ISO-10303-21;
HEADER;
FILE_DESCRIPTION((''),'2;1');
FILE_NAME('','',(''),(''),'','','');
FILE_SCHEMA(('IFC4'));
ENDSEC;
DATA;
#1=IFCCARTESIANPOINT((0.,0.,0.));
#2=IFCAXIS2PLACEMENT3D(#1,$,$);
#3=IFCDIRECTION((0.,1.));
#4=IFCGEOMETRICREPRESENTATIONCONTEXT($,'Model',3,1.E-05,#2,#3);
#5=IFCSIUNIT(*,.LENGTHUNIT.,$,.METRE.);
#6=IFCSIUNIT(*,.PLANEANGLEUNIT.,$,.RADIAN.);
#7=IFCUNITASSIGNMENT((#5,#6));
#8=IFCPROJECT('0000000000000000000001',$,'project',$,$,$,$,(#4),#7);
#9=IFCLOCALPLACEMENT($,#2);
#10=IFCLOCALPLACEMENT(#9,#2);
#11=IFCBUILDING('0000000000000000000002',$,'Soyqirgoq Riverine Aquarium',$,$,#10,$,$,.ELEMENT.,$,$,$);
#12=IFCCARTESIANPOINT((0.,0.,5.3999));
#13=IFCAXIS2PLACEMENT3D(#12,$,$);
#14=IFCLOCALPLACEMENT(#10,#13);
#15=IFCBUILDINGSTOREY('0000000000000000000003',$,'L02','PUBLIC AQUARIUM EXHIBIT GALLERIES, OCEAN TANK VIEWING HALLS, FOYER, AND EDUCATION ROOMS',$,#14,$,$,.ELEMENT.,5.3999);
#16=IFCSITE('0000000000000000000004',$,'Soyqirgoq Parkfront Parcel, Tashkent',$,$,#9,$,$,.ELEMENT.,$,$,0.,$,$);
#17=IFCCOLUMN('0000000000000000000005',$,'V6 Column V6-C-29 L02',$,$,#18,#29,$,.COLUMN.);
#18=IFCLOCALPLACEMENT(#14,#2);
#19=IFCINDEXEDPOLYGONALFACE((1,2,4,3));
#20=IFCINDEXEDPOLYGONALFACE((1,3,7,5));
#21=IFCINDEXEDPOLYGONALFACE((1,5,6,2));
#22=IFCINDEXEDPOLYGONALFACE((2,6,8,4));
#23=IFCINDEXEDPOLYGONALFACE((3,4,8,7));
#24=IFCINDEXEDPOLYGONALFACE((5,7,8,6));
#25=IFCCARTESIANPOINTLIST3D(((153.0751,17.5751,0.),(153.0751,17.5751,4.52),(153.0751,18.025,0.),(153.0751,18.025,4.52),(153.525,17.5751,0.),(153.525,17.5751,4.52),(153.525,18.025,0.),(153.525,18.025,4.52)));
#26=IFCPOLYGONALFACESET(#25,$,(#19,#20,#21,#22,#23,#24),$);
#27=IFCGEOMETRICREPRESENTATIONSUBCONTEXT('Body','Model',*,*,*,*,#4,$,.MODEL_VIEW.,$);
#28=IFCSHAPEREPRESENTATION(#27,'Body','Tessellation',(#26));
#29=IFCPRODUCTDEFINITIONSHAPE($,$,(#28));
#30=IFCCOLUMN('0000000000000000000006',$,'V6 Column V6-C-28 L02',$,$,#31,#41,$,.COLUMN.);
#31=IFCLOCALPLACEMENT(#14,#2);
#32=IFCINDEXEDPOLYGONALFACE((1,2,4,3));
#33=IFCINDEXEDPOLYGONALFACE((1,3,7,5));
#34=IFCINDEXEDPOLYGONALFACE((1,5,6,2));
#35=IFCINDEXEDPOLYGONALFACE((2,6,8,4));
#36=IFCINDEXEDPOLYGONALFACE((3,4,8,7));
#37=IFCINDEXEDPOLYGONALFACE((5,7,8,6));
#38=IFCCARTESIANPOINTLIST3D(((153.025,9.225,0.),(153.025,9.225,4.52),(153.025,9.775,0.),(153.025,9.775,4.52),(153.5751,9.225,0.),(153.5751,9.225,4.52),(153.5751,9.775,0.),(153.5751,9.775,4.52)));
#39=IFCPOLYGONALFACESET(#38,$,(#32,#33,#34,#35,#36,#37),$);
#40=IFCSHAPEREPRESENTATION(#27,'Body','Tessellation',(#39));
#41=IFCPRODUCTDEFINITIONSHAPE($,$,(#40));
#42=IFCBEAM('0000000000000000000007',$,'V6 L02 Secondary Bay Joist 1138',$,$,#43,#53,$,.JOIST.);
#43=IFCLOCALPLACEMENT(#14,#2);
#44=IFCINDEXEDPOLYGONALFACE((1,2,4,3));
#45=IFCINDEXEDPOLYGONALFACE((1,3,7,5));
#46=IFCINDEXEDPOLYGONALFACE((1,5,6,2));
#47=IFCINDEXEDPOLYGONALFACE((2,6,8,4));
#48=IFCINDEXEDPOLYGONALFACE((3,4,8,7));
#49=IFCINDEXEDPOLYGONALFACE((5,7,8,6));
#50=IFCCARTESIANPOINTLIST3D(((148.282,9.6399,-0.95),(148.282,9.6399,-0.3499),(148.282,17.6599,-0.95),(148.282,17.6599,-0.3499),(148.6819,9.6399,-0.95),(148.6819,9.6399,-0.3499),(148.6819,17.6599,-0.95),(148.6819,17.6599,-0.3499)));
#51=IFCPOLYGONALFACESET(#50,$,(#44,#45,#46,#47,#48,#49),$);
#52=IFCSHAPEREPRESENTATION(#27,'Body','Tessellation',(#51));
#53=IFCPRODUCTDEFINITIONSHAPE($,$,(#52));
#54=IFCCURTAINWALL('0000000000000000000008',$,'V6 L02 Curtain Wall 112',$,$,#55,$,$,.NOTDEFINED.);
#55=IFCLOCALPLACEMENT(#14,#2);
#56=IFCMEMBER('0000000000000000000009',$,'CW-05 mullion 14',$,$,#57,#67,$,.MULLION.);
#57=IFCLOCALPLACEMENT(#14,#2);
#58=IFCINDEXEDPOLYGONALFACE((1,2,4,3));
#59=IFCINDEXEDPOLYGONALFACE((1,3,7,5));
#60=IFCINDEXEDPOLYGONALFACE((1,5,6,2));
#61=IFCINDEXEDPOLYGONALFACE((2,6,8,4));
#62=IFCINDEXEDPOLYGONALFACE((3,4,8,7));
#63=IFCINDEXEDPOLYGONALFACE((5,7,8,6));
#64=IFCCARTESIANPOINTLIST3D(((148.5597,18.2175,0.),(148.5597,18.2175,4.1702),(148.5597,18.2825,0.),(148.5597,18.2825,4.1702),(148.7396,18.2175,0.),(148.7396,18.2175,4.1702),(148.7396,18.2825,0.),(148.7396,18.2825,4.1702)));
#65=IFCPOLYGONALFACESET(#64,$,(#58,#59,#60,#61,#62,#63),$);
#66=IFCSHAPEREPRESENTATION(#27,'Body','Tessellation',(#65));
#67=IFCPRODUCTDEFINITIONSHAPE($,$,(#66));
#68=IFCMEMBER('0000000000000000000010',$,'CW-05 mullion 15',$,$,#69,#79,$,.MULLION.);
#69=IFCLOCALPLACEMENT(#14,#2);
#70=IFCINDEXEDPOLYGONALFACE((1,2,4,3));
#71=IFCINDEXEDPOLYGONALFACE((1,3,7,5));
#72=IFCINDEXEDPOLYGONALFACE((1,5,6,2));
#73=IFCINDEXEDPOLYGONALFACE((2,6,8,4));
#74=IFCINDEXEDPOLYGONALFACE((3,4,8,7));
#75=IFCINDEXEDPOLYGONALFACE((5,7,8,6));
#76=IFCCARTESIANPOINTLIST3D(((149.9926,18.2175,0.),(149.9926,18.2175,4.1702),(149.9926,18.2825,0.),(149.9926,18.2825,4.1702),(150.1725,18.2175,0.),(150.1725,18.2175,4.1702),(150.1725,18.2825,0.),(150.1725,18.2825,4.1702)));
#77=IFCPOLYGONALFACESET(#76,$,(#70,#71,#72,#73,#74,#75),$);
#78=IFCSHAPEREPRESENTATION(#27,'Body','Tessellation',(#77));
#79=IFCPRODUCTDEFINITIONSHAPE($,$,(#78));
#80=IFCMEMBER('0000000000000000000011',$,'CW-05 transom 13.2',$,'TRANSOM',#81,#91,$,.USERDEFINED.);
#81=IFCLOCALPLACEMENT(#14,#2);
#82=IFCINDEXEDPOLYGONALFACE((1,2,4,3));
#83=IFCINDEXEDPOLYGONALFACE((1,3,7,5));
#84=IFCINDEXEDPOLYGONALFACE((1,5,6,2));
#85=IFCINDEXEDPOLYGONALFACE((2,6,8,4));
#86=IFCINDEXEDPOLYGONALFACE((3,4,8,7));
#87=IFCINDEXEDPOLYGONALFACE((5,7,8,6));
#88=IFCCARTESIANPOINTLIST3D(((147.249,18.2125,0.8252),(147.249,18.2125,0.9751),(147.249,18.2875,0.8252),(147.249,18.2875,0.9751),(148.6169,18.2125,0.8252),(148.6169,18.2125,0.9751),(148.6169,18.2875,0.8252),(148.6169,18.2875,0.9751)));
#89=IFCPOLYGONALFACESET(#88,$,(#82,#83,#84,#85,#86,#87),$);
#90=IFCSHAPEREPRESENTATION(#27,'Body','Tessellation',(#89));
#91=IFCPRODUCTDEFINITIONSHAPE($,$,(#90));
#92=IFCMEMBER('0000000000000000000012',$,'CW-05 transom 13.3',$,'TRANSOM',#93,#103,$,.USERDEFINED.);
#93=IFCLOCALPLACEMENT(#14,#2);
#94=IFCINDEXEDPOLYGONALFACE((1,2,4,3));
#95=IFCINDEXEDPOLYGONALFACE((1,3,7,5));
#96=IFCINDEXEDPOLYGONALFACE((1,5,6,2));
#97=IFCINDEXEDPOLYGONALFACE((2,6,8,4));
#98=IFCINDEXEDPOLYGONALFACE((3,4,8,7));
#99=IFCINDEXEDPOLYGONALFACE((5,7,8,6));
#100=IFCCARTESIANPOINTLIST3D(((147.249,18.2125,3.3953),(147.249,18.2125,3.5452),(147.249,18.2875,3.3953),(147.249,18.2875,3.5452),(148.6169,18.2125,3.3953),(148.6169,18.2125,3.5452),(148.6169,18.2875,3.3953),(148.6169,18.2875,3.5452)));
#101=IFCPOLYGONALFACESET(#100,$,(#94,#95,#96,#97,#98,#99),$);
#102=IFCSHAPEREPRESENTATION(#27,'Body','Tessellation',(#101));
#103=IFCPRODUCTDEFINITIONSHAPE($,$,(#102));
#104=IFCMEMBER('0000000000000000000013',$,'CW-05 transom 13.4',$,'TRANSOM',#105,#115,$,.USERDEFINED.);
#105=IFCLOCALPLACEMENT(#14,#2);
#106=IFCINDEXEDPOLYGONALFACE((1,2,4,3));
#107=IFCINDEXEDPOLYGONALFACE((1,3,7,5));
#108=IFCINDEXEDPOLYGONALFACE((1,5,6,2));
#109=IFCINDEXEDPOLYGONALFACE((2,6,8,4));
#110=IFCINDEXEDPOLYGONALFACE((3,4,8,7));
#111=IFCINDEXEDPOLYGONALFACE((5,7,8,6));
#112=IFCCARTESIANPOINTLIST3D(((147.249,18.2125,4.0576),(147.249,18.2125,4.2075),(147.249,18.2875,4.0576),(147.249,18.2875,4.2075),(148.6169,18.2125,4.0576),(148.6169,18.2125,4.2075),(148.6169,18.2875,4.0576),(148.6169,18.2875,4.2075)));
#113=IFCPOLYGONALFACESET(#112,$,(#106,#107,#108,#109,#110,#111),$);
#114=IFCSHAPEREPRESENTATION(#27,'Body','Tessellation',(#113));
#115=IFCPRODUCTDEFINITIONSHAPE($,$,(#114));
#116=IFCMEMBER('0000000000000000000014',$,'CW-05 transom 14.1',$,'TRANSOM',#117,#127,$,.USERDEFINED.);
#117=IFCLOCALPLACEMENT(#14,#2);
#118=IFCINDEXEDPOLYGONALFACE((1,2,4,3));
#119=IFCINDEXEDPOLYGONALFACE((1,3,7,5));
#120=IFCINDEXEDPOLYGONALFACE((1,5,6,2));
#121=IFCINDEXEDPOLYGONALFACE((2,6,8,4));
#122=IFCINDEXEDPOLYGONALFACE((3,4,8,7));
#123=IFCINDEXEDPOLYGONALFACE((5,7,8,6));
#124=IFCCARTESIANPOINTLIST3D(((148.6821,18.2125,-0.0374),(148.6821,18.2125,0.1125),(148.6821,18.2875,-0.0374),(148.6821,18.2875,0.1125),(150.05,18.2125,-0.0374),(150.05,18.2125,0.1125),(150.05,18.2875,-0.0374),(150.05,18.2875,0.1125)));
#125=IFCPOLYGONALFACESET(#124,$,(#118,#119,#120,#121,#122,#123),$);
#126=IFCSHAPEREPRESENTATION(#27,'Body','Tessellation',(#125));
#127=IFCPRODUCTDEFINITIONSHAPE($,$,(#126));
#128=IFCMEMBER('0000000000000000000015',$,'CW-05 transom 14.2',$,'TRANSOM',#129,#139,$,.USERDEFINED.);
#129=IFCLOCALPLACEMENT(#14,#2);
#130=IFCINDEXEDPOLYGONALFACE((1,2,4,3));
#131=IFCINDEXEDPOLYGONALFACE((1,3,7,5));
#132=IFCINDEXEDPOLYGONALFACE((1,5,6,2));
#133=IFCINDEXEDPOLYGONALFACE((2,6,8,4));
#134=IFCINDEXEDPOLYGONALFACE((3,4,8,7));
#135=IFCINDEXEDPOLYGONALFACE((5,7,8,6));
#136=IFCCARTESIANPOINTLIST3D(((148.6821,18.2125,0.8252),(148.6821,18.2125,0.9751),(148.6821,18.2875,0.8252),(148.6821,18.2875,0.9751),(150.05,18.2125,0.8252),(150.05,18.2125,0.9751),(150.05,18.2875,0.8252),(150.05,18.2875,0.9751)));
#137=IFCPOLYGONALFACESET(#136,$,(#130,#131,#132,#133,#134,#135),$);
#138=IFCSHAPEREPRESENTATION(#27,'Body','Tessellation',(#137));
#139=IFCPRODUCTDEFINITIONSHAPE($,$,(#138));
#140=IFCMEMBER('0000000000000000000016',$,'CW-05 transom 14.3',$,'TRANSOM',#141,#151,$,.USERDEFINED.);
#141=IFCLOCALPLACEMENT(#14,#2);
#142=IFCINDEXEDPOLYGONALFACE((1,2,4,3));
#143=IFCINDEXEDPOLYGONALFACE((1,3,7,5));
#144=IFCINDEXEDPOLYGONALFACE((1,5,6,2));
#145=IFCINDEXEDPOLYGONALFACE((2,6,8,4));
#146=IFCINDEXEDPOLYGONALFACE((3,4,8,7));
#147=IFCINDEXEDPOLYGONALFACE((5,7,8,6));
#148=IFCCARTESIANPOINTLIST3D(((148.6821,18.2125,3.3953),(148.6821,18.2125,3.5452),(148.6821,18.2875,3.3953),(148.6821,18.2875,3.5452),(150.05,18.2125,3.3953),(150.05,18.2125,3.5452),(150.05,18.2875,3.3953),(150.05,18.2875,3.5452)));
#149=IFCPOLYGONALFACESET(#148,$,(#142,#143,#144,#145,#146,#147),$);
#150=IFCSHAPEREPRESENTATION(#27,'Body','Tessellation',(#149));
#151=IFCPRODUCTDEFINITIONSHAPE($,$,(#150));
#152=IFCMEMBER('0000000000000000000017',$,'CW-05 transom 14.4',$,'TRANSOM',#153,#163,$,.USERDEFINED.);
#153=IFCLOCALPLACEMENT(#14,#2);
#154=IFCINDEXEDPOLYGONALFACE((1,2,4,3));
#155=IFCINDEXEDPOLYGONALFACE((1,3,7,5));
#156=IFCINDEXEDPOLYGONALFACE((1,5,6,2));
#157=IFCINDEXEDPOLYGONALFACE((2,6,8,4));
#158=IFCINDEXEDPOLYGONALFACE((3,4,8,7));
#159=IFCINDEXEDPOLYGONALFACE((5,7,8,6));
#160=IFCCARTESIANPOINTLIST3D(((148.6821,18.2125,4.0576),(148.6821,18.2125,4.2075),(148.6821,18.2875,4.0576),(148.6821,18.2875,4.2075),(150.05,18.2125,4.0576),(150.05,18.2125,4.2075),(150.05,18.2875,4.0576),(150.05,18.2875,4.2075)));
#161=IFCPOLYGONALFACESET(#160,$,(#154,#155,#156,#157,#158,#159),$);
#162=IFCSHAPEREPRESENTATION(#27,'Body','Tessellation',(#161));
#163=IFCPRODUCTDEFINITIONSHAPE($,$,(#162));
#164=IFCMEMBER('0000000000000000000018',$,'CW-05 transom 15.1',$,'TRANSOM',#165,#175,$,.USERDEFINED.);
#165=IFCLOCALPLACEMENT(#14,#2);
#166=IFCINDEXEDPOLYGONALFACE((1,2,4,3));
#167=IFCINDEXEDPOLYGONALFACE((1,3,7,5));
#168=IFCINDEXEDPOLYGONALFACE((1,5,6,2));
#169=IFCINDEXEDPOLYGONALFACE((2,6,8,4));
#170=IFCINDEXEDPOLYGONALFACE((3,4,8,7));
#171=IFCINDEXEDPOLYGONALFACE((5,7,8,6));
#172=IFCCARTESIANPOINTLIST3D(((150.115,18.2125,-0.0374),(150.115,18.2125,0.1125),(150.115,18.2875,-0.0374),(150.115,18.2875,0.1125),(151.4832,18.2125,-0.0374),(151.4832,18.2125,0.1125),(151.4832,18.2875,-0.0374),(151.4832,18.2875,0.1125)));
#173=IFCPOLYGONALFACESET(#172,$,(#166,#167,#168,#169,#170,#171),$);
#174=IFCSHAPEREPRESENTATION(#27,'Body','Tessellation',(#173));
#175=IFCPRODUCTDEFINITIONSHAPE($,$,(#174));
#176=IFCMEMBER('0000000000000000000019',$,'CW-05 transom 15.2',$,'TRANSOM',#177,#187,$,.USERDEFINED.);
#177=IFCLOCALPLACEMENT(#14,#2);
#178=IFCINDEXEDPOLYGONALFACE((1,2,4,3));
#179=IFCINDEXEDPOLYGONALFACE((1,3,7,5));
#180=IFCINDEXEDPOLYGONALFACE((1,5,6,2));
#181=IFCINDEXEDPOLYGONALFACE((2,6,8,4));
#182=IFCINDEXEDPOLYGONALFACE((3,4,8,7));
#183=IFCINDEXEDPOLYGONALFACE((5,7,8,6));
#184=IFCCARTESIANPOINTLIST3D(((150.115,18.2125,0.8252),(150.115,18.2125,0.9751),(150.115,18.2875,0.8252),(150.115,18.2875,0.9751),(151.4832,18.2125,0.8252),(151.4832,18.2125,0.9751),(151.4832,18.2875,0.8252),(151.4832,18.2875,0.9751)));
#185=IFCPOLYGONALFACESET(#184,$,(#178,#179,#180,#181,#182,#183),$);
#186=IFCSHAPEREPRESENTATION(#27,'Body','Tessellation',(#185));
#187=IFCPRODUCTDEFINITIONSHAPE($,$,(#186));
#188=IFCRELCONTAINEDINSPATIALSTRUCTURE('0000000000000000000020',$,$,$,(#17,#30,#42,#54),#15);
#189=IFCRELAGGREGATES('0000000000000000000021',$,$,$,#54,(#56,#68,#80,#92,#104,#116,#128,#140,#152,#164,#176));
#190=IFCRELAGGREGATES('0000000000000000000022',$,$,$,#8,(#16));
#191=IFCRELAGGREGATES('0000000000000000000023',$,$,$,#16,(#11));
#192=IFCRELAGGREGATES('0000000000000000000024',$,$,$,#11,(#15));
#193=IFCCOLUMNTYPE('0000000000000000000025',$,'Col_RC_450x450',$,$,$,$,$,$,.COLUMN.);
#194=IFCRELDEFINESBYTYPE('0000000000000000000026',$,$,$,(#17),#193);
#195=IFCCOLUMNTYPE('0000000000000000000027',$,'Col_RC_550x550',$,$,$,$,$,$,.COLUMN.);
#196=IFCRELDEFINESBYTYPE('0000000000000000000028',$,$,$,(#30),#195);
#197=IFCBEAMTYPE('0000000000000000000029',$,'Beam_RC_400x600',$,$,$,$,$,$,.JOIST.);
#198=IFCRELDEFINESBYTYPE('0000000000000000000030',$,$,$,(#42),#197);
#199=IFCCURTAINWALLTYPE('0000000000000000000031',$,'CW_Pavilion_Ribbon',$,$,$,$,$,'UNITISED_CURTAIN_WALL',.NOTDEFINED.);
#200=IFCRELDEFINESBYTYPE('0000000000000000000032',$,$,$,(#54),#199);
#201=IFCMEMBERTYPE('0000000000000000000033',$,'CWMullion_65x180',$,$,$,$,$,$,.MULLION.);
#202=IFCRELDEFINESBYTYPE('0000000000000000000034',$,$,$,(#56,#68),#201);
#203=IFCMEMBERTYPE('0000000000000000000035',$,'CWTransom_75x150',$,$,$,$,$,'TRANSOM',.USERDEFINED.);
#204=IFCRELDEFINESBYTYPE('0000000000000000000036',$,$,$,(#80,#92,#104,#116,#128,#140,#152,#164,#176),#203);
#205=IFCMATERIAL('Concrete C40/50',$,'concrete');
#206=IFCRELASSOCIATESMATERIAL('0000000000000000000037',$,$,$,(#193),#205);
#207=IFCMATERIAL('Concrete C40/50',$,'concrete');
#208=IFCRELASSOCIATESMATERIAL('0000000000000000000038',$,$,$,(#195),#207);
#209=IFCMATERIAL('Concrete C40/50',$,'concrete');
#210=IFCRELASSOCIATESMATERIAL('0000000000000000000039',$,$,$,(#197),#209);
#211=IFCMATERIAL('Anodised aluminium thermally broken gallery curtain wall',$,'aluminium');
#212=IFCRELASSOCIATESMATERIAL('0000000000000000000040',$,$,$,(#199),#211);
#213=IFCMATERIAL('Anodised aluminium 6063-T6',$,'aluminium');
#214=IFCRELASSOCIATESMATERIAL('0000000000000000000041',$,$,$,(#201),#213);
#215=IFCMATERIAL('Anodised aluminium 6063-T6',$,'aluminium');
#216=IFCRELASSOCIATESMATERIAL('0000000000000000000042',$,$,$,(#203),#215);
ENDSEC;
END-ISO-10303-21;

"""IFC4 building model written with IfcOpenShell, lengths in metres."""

from ifc_helpers import new_model, si_unit, direction, frame, origin, origin_2d, place, context, subcontext, project, spatial, rectangle, extrude, material, material_profile, profile_set, type_object, element, aggregate, save


model = new_model("IFC4")

# Units and contexts
model_context = context("Model", 3, precision=1e-05, world=origin(), true_north=direction((0.0, 1.0)))
body_context = subcontext(model_context, "Body", "Model", "MODEL_VIEW")
ifc_project = project(units=[si_unit("LENGTHUNIT", "METRE"), si_unit("PLANEANGLEUNIT", "RADIAN")], contexts=[model_context])

# Site, building, storey
site_placement = place(None, origin())
site = spatial("IfcSite", under=ifc_project, at=site_placement, Name="Soyqirgoq Parkfront Parcel, Tashkent", CompositionType="ELEMENT", RefElevation=0.0)
building_placement = place(site_placement, origin())
building = spatial("IfcBuilding", under=site, at=building_placement, Name="Soyqirgoq Riverine Aquarium", CompositionType="ELEMENT")
storey_placement = place(building_placement, frame((0.0, 0.0, 5.3999)))
storey = spatial("IfcBuildingStorey", under=building, at=storey_placement, Name="L02", Description="PUBLIC AQUARIUM EXHIBIT GALLERIES, OCEAN TANK VIEWING HALLS, FOYER, AND EDUCATION ROOMS", CompositionType="ELEMENT", Elevation=5.3999)

# Columns
ifc_material_1 = material(Name="Concrete C40/50", Category="concrete")
ifc_material_profile_1 = material_profile(ifc_material_1, rectangle(XDim=0.45, YDim=0.45, at=origin_2d()), Name="RC 450x450")
ifc_profile_set_1 = profile_set([ifc_material_profile_1], Name="Concrete C40/50")
column_type_1 = type_object("IfcColumnType", Name="Col_RC_450x450", PredefinedType="COLUMN", material=ifc_profile_set_1)
column_1_placement = place(storey_placement, frame((153.3, 17.8, 0.0), z_axis=(0.0, 0.0, 1.0), x_axis=(1.0, 0.0, 0.0)))
element("IfcColumn", 1, at=column_1_placement, inside=storey, type_object=column_type_1, Name="V6 Column V6-C-29 L02", PredefinedType="COLUMN", context=body_context, shape_type="SweptSolid", body=[
    extrude(rectangle(XDim=0.45, YDim=0.45, at=origin_2d()), origin(), (0.0, 0.0, 1.0), 4.52),
])
ifc_material_2 = material(Name="Concrete C40/50", Category="concrete")
ifc_material_profile_2 = material_profile(ifc_material_2, rectangle(XDim=0.55, YDim=0.55, at=origin_2d()), Name="RC 550x550")
ifc_profile_set_2 = profile_set([ifc_material_profile_2], Name="Concrete C40/50")
column_type_2 = type_object("IfcColumnType", Name="Col_RC_550x550", PredefinedType="COLUMN", material=ifc_profile_set_2)
column_2_placement = place(storey_placement, frame((153.3, 9.5, 0.0), z_axis=(0.0, 0.0, 1.0), x_axis=(1.0, 0.0, 0.0)))
element("IfcColumn", 2, at=column_2_placement, inside=storey, type_object=column_type_2, Name="V6 Column V6-C-28 L02", PredefinedType="COLUMN", context=body_context, shape_type="SweptSolid", body=[
    extrude(rectangle(XDim=0.55, YDim=0.55, at=origin_2d()), origin(), (0.0, 0.0, 1.0), 4.52),
])

# Beam
ifc_material_3 = material(Name="Concrete C40/50", Category="concrete")
ifc_material_profile_3 = material_profile(ifc_material_3, rectangle(XDim=0.3999, YDim=0.6001, at=origin_2d()), Name="RC 400x600")
ifc_profile_set_3 = profile_set([ifc_material_profile_3], Name="Concrete C40/50")
beam_type_1 = type_object("IfcBeamType", Name="Beam_RC_400x600", PredefinedType="JOIST", material=ifc_profile_set_3)
beam_1_placement = place(storey_placement, frame((148.4819, 9.6399, -0.6499), z_axis=(0.0, 1.0, 0.0), x_axis=(-1.0, 0.0, 0.0)))
element("IfcBeam", 3, at=beam_1_placement, inside=storey, type_object=beam_type_1, Name="V6 L02 Secondary Bay Joist 1138", PredefinedType="JOIST", context=body_context, shape_type="SweptSolid", body=[
    extrude(rectangle(XDim=0.3999, YDim=0.6001, at=origin_2d()), origin(), (0.0, 0.0, 1.0), 8.02),
])

# Curtain wall, members
ifc_material_4 = material(Name="Anodised aluminium thermally broken gallery curtain wall", Category="aluminium")
curtain_wall_type = type_object("IfcCurtainWallType", Name="CW_Pavilion_Ribbon", ElementType="UNITISED_CURTAIN_WALL", PredefinedType="NOTDEFINED", material=ifc_material_4)
curtain_wall_placement = place(storey_placement, origin())
curtain_wall = element("IfcCurtainWall", 4, at=curtain_wall_placement, inside=storey, type_object=curtain_wall_type, Name="V6 L02 Curtain Wall 112", PredefinedType="NOTDEFINED")
ifc_material_5 = material(Name="Anodised aluminium 6063-T6", Category="aluminium")
ifc_material_profile_4 = material_profile(ifc_material_5, rectangle(XDim=0.0649, YDim=0.1799, at=origin_2d()), Name="ALU-M 65x180")
ifc_profile_set_4 = profile_set([ifc_material_profile_4], Name="Anodised aluminium 6063-T6")
member_type_1 = type_object("IfcMemberType", Name="CWMullion_65x180", PredefinedType="MULLION", material=ifc_profile_set_4)
member_1_placement = place(storey_placement, frame((148.6497, 18.25, 0.0), z_axis=(0.0, 0.0, 1.0), x_axis=(0.0, 1.0, 0.0)))
member_1 = element("IfcMember", 5, at=member_1_placement, type_object=member_type_1, Name="CW-05 mullion 14", PredefinedType="MULLION", context=body_context, shape_type="SweptSolid", body=[
    extrude(rectangle(XDim=0.0649, YDim=0.1799, at=origin_2d()), origin(), (0.0, 0.0, 1.0), 4.1702),
])
member_2_placement = place(storey_placement, frame((150.0825, 18.25, 0.0), z_axis=(0.0, 0.0, 1.0), x_axis=(0.0, 1.0, 0.0)))
member_2 = element("IfcMember", 6, at=member_2_placement, type_object=member_type_1, Name="CW-05 mullion 15", PredefinedType="MULLION", context=body_context, shape_type="SweptSolid", body=[
    extrude(rectangle(XDim=0.0649, YDim=0.1799, at=origin_2d()), origin(), (0.0, 0.0, 1.0), 4.1702),
])
ifc_material_6 = material(Name="Anodised aluminium 6063-T6", Category="aluminium")
ifc_material_profile_5 = material_profile(ifc_material_6, rectangle(XDim=0.075, YDim=0.1499, at=origin_2d()), Name="ALU-T 75x150")
ifc_profile_set_5 = profile_set([ifc_material_profile_5], Name="Anodised aluminium 6063-T6")
member_type_2 = type_object("IfcMemberType", Name="CWTransom_75x150", ElementType="TRANSOM", PredefinedType="USERDEFINED", material=ifc_profile_set_5)
member_3_placement = place(storey_placement, frame((147.249, 18.25, 0.9001), z_axis=(1.0, 0.0, 0.0), x_axis=(0.0, 1.0, 0.0)))
member_3 = element("IfcMember", 7, at=member_3_placement, type_object=member_type_2, Name="CW-05 transom 13.2", ObjectType="TRANSOM", PredefinedType="USERDEFINED", context=body_context, shape_type="SweptSolid", body=[
    extrude(rectangle(XDim=0.075, YDim=0.1499, at=origin_2d()), origin(), (0.0, 0.0, 1.0), 1.3679),
])
member_4_placement = place(storey_placement, frame((147.249, 18.25, 3.4702), z_axis=(1.0, 0.0, 0.0), x_axis=(0.0, 1.0, 0.0)))
member_4 = element("IfcMember", 8, at=member_4_placement, type_object=member_type_2, Name="CW-05 transom 13.3", ObjectType="TRANSOM", PredefinedType="USERDEFINED", context=body_context, shape_type="SweptSolid", body=[
    extrude(rectangle(XDim=0.075, YDim=0.1499, at=origin_2d()), origin(), (0.0, 0.0, 1.0), 1.3679),
])
member_5_placement = place(storey_placement, frame((147.249, 18.25, 4.1326), z_axis=(1.0, 0.0, 0.0), x_axis=(0.0, 1.0, 0.0)))
member_5 = element("IfcMember", 9, at=member_5_placement, type_object=member_type_2, Name="CW-05 transom 13.4", ObjectType="TRANSOM", PredefinedType="USERDEFINED", context=body_context, shape_type="SweptSolid", body=[
    extrude(rectangle(XDim=0.075, YDim=0.1499, at=origin_2d()), origin(), (0.0, 0.0, 1.0), 1.3679),
])
member_6_placement = place(storey_placement, frame((148.6821, 18.25, 0.0376), z_axis=(1.0, 0.0, 0.0), x_axis=(0.0, 1.0, 0.0)))
member_6 = element("IfcMember", 10, at=member_6_placement, type_object=member_type_2, Name="CW-05 transom 14.1", ObjectType="TRANSOM", PredefinedType="USERDEFINED", context=body_context, shape_type="SweptSolid", body=[
    extrude(rectangle(XDim=0.075, YDim=0.1499, at=origin_2d()), origin(), (0.0, 0.0, 1.0), 1.3679),
])
member_7_placement = place(storey_placement, frame((148.6821, 18.25, 0.9001), z_axis=(1.0, 0.0, 0.0), x_axis=(0.0, 1.0, 0.0)))
member_7 = element("IfcMember", 11, at=member_7_placement, type_object=member_type_2, Name="CW-05 transom 14.2", ObjectType="TRANSOM", PredefinedType="USERDEFINED", context=body_context, shape_type="SweptSolid", body=[
    extrude(rectangle(XDim=0.075, YDim=0.1499, at=origin_2d()), origin(), (0.0, 0.0, 1.0), 1.3679),
])
member_8_placement = place(storey_placement, frame((148.6821, 18.25, 3.4702), z_axis=(1.0, 0.0, 0.0), x_axis=(0.0, 1.0, 0.0)))
member_8 = element("IfcMember", 12, at=member_8_placement, type_object=member_type_2, Name="CW-05 transom 14.3", ObjectType="TRANSOM", PredefinedType="USERDEFINED", context=body_context, shape_type="SweptSolid", body=[
    extrude(rectangle(XDim=0.075, YDim=0.1499, at=origin_2d()), origin(), (0.0, 0.0, 1.0), 1.3679),
])
member_9_placement = place(storey_placement, frame((148.6821, 18.25, 4.1326), z_axis=(1.0, 0.0, 0.0), x_axis=(0.0, 1.0, 0.0)))
member_9 = element("IfcMember", 13, at=member_9_placement, type_object=member_type_2, Name="CW-05 transom 14.4", ObjectType="TRANSOM", PredefinedType="USERDEFINED", context=body_context, shape_type="SweptSolid", body=[
    extrude(rectangle(XDim=0.075, YDim=0.1499, at=origin_2d()), origin(), (0.0, 0.0, 1.0), 1.3679),
])
member_10_placement = place(storey_placement, frame((150.115, 18.25, 0.0376), z_axis=(1.0, 0.0, 0.0), x_axis=(0.0, 1.0, 0.0)))
member_10 = element("IfcMember", 14, at=member_10_placement, type_object=member_type_2, Name="CW-05 transom 15.1", ObjectType="TRANSOM", PredefinedType="USERDEFINED", context=body_context, shape_type="SweptSolid", body=[
    extrude(rectangle(XDim=0.075, YDim=0.1499, at=origin_2d()), origin(), (0.0, 0.0, 1.0), 1.3682),
])
member_11_placement = place(storey_placement, frame((150.115, 18.25, 0.9001), z_axis=(1.0, 0.0, 0.0), x_axis=(0.0, 1.0, 0.0)))
member_11 = element("IfcMember", 15, at=member_11_placement, type_object=member_type_2, Name="CW-05 transom 15.2", ObjectType="TRANSOM", PredefinedType="USERDEFINED", context=body_context, shape_type="SweptSolid", body=[
    extrude(rectangle(XDim=0.075, YDim=0.1499, at=origin_2d()), origin(), (0.0, 0.0, 1.0), 1.3682),
])

aggregate(curtain_wall, [member_1, member_2, member_3, member_4, member_5, member_6, member_7, member_8, member_9, member_10, member_11])

save(model, "model.ifc")
